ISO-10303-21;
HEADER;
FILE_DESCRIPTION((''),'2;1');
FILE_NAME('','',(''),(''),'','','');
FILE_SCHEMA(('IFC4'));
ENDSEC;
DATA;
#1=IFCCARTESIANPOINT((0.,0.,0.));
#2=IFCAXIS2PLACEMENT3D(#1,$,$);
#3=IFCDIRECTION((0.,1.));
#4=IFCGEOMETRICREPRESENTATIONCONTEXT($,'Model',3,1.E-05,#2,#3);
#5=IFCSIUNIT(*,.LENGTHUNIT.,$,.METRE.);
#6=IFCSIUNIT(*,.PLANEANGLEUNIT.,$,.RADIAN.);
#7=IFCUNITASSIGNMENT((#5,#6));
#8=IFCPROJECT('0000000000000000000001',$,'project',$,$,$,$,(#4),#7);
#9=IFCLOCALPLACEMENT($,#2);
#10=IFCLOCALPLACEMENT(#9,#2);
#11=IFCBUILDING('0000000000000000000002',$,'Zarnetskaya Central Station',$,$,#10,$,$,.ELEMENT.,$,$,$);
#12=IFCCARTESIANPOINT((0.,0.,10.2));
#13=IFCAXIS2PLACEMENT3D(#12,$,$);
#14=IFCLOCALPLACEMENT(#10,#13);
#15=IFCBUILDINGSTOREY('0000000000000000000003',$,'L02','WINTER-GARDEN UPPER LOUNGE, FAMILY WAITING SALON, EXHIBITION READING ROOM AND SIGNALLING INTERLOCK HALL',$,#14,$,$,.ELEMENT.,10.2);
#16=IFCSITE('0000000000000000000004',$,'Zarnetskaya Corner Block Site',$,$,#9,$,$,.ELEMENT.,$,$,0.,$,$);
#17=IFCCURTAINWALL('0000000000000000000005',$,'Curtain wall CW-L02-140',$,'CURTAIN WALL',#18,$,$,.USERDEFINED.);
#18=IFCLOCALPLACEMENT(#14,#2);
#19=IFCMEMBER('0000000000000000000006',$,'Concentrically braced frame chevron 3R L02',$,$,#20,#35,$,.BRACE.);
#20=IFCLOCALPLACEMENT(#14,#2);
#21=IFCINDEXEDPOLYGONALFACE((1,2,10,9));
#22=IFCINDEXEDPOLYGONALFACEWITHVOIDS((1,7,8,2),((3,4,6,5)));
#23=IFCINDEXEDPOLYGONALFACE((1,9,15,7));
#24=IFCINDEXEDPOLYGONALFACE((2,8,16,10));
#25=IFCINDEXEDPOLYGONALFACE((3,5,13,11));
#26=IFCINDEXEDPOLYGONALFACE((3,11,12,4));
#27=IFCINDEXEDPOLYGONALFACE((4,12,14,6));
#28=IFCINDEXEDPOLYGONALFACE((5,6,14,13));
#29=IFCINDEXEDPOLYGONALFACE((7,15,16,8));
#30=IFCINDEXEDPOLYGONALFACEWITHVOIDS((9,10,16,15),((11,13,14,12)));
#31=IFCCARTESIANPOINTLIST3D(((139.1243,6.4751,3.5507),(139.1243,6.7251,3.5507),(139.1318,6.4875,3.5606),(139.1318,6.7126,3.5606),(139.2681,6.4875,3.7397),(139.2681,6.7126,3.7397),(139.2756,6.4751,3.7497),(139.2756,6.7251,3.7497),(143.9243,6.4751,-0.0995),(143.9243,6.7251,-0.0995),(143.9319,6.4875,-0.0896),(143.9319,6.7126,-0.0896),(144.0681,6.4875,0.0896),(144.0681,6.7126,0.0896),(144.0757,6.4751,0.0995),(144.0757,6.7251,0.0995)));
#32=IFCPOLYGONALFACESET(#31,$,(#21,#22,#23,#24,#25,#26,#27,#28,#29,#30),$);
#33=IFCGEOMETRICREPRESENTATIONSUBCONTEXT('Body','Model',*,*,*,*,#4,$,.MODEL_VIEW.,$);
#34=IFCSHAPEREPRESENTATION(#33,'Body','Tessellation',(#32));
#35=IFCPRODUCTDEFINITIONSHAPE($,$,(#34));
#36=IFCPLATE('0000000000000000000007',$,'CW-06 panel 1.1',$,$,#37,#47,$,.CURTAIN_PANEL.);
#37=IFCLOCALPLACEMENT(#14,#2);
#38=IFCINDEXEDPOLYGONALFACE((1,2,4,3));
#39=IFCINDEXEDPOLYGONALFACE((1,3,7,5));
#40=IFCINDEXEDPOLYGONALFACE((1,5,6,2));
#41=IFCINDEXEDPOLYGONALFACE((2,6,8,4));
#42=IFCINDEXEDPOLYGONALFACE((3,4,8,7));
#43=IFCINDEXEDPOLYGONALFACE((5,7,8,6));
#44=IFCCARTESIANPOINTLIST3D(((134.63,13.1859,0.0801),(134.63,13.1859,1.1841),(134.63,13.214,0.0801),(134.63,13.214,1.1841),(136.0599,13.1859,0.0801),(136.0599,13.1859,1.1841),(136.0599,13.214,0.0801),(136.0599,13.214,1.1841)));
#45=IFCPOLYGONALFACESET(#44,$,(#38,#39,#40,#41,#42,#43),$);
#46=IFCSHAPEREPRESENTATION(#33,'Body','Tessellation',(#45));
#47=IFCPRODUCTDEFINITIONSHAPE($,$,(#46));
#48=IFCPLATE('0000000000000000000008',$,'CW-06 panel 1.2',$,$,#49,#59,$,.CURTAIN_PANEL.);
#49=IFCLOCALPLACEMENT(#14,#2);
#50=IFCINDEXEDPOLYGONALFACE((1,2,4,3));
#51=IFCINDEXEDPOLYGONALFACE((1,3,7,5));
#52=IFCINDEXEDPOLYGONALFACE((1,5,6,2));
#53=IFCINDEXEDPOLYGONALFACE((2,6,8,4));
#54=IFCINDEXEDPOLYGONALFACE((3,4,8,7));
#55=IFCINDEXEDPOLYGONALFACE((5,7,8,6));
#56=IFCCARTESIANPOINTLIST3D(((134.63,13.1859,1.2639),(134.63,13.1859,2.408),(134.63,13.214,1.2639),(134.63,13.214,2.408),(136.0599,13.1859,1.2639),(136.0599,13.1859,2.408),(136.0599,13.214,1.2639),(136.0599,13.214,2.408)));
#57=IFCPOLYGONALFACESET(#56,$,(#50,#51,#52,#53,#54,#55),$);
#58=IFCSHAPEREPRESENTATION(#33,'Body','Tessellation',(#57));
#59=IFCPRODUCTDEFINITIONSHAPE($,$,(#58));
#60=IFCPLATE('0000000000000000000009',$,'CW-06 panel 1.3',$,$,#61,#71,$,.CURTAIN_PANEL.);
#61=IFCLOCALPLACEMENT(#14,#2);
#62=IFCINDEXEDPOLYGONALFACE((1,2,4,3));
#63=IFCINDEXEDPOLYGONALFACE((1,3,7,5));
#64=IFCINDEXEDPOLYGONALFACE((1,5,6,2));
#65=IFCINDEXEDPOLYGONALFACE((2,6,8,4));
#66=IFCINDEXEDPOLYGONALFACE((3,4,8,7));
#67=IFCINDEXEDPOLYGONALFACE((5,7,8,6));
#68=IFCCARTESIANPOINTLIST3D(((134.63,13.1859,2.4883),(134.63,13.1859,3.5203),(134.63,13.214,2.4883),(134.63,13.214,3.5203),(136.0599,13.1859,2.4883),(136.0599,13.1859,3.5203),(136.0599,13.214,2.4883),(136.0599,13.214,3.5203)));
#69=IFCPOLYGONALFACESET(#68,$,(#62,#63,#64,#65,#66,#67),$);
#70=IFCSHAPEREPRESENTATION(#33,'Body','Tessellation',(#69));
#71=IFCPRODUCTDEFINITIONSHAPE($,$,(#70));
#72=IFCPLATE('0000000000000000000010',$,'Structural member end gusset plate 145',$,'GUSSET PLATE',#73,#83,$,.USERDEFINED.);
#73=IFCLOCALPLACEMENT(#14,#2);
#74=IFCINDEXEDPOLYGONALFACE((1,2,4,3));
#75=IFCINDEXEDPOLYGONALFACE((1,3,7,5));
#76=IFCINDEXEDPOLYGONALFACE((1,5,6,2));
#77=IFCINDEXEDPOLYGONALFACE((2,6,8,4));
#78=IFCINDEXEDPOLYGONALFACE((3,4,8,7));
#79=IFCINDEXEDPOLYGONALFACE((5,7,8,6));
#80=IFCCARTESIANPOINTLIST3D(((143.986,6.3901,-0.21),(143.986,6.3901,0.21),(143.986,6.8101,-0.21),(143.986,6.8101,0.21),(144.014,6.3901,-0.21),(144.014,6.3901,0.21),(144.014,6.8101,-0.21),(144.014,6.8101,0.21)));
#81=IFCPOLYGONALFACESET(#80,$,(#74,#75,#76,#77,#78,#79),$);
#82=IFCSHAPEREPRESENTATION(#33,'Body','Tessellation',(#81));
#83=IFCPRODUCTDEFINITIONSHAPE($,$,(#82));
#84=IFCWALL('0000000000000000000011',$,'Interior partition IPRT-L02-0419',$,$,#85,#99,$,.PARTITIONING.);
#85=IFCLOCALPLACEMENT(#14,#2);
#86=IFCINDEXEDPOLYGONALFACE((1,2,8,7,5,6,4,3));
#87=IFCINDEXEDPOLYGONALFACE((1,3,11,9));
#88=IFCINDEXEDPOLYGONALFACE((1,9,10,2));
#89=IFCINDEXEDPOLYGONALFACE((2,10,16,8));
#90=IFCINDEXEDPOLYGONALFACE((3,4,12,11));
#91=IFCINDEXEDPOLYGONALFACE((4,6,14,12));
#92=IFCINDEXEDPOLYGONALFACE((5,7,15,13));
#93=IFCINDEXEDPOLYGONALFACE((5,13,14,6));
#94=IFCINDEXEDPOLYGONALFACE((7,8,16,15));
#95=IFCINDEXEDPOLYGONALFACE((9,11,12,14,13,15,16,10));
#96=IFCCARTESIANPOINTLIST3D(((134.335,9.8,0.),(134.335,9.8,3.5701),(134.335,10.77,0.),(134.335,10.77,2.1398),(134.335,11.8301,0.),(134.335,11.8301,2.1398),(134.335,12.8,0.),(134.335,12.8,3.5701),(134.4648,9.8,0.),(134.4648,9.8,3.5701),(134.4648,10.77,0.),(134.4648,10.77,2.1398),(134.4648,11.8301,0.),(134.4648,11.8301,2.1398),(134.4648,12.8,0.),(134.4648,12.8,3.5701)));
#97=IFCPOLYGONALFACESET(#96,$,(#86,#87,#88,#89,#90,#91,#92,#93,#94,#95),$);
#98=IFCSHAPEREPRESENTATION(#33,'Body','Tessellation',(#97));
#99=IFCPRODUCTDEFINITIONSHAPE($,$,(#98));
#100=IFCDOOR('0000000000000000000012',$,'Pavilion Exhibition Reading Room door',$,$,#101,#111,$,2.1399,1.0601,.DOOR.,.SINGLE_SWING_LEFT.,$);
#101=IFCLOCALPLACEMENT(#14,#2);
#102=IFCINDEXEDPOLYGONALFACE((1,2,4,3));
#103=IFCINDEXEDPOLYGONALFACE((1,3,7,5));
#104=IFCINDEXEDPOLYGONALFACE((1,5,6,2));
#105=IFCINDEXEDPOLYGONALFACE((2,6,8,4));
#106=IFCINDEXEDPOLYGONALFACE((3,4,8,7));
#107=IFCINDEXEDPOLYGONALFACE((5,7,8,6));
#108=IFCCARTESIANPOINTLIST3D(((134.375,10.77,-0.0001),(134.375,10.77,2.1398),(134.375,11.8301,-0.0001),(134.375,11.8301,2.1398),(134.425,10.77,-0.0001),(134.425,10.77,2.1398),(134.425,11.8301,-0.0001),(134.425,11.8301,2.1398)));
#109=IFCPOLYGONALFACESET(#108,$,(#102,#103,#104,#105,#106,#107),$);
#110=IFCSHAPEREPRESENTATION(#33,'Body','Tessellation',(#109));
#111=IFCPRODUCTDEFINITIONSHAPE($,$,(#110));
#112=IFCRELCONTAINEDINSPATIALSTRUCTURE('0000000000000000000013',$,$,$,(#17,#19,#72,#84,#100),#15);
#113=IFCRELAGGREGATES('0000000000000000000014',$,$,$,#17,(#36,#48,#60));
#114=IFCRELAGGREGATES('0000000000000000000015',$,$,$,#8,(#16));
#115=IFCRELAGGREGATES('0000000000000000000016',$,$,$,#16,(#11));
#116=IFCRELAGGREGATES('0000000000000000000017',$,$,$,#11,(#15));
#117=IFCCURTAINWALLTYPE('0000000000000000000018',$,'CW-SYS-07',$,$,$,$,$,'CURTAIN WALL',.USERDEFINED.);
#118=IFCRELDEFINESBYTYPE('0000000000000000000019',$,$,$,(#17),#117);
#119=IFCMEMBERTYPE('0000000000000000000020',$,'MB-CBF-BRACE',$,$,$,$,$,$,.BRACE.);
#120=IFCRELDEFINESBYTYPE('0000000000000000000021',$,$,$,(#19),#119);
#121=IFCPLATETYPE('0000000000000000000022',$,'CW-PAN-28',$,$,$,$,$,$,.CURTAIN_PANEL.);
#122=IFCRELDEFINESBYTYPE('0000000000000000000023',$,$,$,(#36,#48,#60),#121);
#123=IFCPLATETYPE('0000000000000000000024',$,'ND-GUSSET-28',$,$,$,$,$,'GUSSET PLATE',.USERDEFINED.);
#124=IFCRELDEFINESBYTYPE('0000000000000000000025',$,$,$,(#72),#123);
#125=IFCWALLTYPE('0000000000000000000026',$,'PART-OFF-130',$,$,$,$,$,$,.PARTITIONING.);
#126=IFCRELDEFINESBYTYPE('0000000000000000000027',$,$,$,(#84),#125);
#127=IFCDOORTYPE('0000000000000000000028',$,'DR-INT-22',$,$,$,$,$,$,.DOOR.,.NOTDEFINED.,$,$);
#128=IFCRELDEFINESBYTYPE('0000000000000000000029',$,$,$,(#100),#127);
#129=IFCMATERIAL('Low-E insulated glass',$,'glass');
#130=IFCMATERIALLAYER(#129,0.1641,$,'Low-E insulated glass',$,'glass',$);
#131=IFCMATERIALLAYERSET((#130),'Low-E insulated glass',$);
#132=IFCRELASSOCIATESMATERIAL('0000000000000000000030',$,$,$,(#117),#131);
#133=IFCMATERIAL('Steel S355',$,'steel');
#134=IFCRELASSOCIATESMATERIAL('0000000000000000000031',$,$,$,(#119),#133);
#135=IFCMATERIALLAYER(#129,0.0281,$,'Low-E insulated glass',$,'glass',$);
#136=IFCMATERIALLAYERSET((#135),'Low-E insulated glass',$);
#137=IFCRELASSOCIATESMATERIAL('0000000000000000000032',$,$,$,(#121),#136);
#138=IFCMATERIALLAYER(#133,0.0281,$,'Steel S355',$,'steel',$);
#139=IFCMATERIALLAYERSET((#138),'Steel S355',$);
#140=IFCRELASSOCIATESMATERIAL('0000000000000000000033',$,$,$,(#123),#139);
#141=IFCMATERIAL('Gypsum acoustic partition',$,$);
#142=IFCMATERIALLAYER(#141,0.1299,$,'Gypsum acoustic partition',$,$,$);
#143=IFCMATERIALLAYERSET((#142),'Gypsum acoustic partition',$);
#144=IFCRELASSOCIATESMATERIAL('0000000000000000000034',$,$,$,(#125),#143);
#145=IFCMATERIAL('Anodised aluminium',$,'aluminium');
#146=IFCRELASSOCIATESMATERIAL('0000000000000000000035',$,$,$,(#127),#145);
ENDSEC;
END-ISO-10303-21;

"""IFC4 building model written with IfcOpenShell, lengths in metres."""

from ifc_helpers import new_model, si_unit, direction, frame, frame_2d, origin, origin_2d, place, context, subcontext, project, spatial, rectangle, hollow_rectangle, extrude, material, layer, layer_set, material_profile, profile_set, type_object, element, fill, aggregate, save


model = new_model("IFC4")

# Units and contexts
model_context = context("Model", 3, precision=1e-05, world=origin(), true_north=direction((0.0, 1.0)))
body_context = subcontext(model_context, "Body", "Model", "MODEL_VIEW")
ifc_project = project(units=[si_unit("LENGTHUNIT", "METRE"), si_unit("PLANEANGLEUNIT", "RADIAN")], contexts=[model_context])

# Site, building, storey
site_placement = place(None, origin())
site = spatial("IfcSite", under=ifc_project, at=site_placement, Name="Zarnetskaya Corner Block Site", CompositionType="ELEMENT", RefElevation=0.0)
building_placement = place(site_placement, origin())
building = spatial("IfcBuilding", under=site, at=building_placement, Name="Zarnetskaya Central Station", CompositionType="ELEMENT")
storey_placement = place(building_placement, frame((0.0, 0.0, 10.2)))
storey = spatial("IfcBuildingStorey", under=building, at=storey_placement, Name="L02", Description="WINTER-GARDEN UPPER LOUNGE, FAMILY WAITING SALON, EXHIBITION READING ROOM AND SIGNALLING INTERLOCK HALL", CompositionType="ELEMENT", Elevation=10.2)

# Shared definitions
ifc_material_1 = material(Name="Steel S355", Category="steel")

# Curtain wall
ifc_material_2 = material(Name="Low-E insulated glass", Category="glass")
ifc_layer_1 = layer(ifc_material_2, 0.1641, Name="Low-E insulated glass", Category="glass")
ifc_layer_set_1 = layer_set([ifc_layer_1], Name="Low-E insulated glass")
curtain_wall_type = type_object("IfcCurtainWallType", Name="CW-SYS-07", ElementType="CURTAIN WALL", PredefinedType="USERDEFINED", material=ifc_layer_set_1)
curtain_wall_placement = place(storey_placement, origin())
curtain_wall = element("IfcCurtainWall", 1, at=curtain_wall_placement, inside=storey, type_object=curtain_wall_type, Name="Curtain wall CW-L02-140", ObjectType="CURTAIN WALL", PredefinedType="USERDEFINED")
ifc_material_3 = material(Name="Anodised aluminium", Category="aluminium")

# Member
ifc_material_profile_1 = material_profile(ifc_material_1, hollow_rectangle(XDim=0.25, YDim=0.25, WallThickness=0.0125, at=origin_2d()), Name="SHS 250x250x12.5")
ifc_profile_set_1 = profile_set([ifc_material_profile_1], Name="Steel S355")
member_type_1 = type_object("IfcMemberType", Name="MB-CBF-BRACE", PredefinedType="BRACE", material=ifc_profile_set_1)
member_1_placement = place(storey_placement, frame((144.0, 6.6001, 0.0), z_axis=(-0.795994, 0.0, 0.605305), x_axis=(0.0, -1.0, 0.0)))
element("IfcMember", 2, at=member_1_placement, inside=storey, type_object=member_type_1, Name="Concentrically braced frame chevron 3R L02", PredefinedType="BRACE", context=body_context, shape_type="SweptSolid", body=[
    extrude(hollow_rectangle(XDim=0.25, YDim=0.25, WallThickness=0.0125, at=origin_2d()), origin(), (0.0, 0.0, 1.0), 6.0303),
])

# Plates
ifc_layer_2 = layer(ifc_material_2, 0.0281, Name="Low-E insulated glass", Category="glass")
ifc_layer_set_2 = layer_set([ifc_layer_2], Name="Low-E insulated glass")
plate_type_1 = type_object("IfcPlateType", Name="CW-PAN-28", PredefinedType="CURTAIN_PANEL", material=ifc_layer_set_2)
plate_1_placement = place(storey_placement, frame((135.345, 13.2, 0.0801), z_axis=(0.0, 0.0, 1.0), x_axis=(1.0, 0.0, 0.0)))
plate_1 = element("IfcPlate", 3, at=plate_1_placement, type_object=plate_type_1, Name="CW-06 panel 1.1", PredefinedType="CURTAIN_PANEL", context=body_context, shape_type="SweptSolid", body=[
    extrude(rectangle(XDim=1.4299, YDim=0.0281, at=origin_2d()), origin(), (0.0, 0.0, 1.0), 1.104),
])
plate_2_placement = place(storey_placement, frame((135.345, 13.2, 1.2639), z_axis=(0.0, 0.0, 1.0), x_axis=(1.0, 0.0, 0.0)))
plate_2 = element("IfcPlate", 4, at=plate_2_placement, type_object=plate_type_1, Name="CW-06 panel 1.2", PredefinedType="CURTAIN_PANEL", context=body_context, shape_type="SweptSolid", body=[
    extrude(rectangle(XDim=1.4299, YDim=0.0281, at=origin_2d()), origin(), (0.0, 0.0, 1.0), 1.144),
])
plate_3_placement = place(storey_placement, frame((135.345, 13.2, 2.4883), z_axis=(0.0, 0.0, 1.0), x_axis=(1.0, 0.0, 0.0)))
plate_3 = element("IfcPlate", 5, at=plate_3_placement, type_object=plate_type_1, Name="CW-06 panel 1.3", PredefinedType="CURTAIN_PANEL", context=body_context, shape_type="SweptSolid", body=[
    extrude(rectangle(XDim=1.4299, YDim=0.0281, at=origin_2d()), origin(), (0.0, 0.0, 1.0), 1.032),
])
aggregate(curtain_wall, [plate_1, plate_2, plate_3])
ifc_layer_3 = layer(ifc_material_1, 0.0281, Name="Steel S355", Category="steel")
ifc_layer_set_3 = layer_set([ifc_layer_3], Name="Steel S355")
plate_type_2 = type_object("IfcPlateType", Name="ND-GUSSET-28", ElementType="GUSSET PLATE", PredefinedType="USERDEFINED", material=ifc_layer_set_3)
plate_4_placement = place(storey_placement, frame((144.0, 6.6001, -0.21), z_axis=(0.0, 0.0, 1.0), x_axis=(1.0, 0.0, 0.0)))
element("IfcPlate", 6, at=plate_4_placement, inside=storey, type_object=plate_type_2, Name="Structural member end gusset plate 145", ObjectType="GUSSET PLATE", PredefinedType="USERDEFINED", context=body_context, shape_type="SweptSolid", body=[
    extrude(rectangle(XDim=0.0281, YDim=0.4199, at=origin_2d()), origin(), (0.0, 0.0, 1.0), 0.4199),
])

# Wall, opening, door
ifc_material_4 = material(Name="Gypsum acoustic partition")
ifc_layer_4 = layer(ifc_material_4, 0.1299, Name="Gypsum acoustic partition")
ifc_layer_set_4 = layer_set([ifc_layer_4], Name="Gypsum acoustic partition")
wall_type = type_object("IfcWallType", Name="PART-OFF-130", PredefinedType="PARTITIONING", material=ifc_layer_set_4)
wall_placement = place(storey_placement, frame((134.3999, 9.8, 0.0), z_axis=(0.0, 0.0, 1.0), x_axis=(0.0, 1.0, 0.0)))
wall = element("IfcWall", 7, at=wall_placement, inside=storey, type_object=wall_type, Name="Interior partition IPRT-L02-0419", PredefinedType="PARTITIONING", context=body_context, shape_type="SweptSolid", body=[
    extrude(rectangle(XDim=3.0, YDim=0.1299, at=frame_2d((1.5, 0.0))), origin(), (0.0, 0.0, 1.0), 3.5701),
])
opening_placement = place(wall_placement, frame((0.97, 0.0, 0.0)))
opening = element("IfcOpeningElement", 8, at=opening_placement, cuts=wall, PredefinedType="OPENING", context=body_context, shape_type="SweptSolid", body=[
    extrude(rectangle(XDim=1.0601, YDim=2.1399, at=frame_2d((0.53, 1.0698))), frame((0.0, 0.075, 0.0), z_axis=(0.0, -1.0, 0.0), x_axis=(1.0, 0.0, 0.0)), (0.0, 0.0, 1.0), 0.1499),
])
door_type = type_object("IfcDoorType", Name="DR-INT-22", OperationType="NOTDEFINED", PredefinedType="DOOR", material=ifc_material_3)
door_placement = place(opening_placement, origin())
door = element("IfcDoor", 9, at=door_placement, inside=storey, type_object=door_type, Name="Pavilion Exhibition Reading Room door", OperationType="SINGLE_SWING_LEFT", OverallHeight=2.1399, OverallWidth=1.0601, PredefinedType="DOOR", context=body_context, shape_type="SweptSolid", body=[
    extrude(rectangle(XDim=1.0601, YDim=2.1399, at=frame_2d((0.53, 1.0698))), frame((0.0, 0.0249, 0.0), z_axis=(0.0, -1.0, 0.0), x_axis=(1.0, 0.0, 0.0)), (0.0, 0.0, 1.0), 0.05),
])
fill(opening, door)

save(model, "model.ifc")
